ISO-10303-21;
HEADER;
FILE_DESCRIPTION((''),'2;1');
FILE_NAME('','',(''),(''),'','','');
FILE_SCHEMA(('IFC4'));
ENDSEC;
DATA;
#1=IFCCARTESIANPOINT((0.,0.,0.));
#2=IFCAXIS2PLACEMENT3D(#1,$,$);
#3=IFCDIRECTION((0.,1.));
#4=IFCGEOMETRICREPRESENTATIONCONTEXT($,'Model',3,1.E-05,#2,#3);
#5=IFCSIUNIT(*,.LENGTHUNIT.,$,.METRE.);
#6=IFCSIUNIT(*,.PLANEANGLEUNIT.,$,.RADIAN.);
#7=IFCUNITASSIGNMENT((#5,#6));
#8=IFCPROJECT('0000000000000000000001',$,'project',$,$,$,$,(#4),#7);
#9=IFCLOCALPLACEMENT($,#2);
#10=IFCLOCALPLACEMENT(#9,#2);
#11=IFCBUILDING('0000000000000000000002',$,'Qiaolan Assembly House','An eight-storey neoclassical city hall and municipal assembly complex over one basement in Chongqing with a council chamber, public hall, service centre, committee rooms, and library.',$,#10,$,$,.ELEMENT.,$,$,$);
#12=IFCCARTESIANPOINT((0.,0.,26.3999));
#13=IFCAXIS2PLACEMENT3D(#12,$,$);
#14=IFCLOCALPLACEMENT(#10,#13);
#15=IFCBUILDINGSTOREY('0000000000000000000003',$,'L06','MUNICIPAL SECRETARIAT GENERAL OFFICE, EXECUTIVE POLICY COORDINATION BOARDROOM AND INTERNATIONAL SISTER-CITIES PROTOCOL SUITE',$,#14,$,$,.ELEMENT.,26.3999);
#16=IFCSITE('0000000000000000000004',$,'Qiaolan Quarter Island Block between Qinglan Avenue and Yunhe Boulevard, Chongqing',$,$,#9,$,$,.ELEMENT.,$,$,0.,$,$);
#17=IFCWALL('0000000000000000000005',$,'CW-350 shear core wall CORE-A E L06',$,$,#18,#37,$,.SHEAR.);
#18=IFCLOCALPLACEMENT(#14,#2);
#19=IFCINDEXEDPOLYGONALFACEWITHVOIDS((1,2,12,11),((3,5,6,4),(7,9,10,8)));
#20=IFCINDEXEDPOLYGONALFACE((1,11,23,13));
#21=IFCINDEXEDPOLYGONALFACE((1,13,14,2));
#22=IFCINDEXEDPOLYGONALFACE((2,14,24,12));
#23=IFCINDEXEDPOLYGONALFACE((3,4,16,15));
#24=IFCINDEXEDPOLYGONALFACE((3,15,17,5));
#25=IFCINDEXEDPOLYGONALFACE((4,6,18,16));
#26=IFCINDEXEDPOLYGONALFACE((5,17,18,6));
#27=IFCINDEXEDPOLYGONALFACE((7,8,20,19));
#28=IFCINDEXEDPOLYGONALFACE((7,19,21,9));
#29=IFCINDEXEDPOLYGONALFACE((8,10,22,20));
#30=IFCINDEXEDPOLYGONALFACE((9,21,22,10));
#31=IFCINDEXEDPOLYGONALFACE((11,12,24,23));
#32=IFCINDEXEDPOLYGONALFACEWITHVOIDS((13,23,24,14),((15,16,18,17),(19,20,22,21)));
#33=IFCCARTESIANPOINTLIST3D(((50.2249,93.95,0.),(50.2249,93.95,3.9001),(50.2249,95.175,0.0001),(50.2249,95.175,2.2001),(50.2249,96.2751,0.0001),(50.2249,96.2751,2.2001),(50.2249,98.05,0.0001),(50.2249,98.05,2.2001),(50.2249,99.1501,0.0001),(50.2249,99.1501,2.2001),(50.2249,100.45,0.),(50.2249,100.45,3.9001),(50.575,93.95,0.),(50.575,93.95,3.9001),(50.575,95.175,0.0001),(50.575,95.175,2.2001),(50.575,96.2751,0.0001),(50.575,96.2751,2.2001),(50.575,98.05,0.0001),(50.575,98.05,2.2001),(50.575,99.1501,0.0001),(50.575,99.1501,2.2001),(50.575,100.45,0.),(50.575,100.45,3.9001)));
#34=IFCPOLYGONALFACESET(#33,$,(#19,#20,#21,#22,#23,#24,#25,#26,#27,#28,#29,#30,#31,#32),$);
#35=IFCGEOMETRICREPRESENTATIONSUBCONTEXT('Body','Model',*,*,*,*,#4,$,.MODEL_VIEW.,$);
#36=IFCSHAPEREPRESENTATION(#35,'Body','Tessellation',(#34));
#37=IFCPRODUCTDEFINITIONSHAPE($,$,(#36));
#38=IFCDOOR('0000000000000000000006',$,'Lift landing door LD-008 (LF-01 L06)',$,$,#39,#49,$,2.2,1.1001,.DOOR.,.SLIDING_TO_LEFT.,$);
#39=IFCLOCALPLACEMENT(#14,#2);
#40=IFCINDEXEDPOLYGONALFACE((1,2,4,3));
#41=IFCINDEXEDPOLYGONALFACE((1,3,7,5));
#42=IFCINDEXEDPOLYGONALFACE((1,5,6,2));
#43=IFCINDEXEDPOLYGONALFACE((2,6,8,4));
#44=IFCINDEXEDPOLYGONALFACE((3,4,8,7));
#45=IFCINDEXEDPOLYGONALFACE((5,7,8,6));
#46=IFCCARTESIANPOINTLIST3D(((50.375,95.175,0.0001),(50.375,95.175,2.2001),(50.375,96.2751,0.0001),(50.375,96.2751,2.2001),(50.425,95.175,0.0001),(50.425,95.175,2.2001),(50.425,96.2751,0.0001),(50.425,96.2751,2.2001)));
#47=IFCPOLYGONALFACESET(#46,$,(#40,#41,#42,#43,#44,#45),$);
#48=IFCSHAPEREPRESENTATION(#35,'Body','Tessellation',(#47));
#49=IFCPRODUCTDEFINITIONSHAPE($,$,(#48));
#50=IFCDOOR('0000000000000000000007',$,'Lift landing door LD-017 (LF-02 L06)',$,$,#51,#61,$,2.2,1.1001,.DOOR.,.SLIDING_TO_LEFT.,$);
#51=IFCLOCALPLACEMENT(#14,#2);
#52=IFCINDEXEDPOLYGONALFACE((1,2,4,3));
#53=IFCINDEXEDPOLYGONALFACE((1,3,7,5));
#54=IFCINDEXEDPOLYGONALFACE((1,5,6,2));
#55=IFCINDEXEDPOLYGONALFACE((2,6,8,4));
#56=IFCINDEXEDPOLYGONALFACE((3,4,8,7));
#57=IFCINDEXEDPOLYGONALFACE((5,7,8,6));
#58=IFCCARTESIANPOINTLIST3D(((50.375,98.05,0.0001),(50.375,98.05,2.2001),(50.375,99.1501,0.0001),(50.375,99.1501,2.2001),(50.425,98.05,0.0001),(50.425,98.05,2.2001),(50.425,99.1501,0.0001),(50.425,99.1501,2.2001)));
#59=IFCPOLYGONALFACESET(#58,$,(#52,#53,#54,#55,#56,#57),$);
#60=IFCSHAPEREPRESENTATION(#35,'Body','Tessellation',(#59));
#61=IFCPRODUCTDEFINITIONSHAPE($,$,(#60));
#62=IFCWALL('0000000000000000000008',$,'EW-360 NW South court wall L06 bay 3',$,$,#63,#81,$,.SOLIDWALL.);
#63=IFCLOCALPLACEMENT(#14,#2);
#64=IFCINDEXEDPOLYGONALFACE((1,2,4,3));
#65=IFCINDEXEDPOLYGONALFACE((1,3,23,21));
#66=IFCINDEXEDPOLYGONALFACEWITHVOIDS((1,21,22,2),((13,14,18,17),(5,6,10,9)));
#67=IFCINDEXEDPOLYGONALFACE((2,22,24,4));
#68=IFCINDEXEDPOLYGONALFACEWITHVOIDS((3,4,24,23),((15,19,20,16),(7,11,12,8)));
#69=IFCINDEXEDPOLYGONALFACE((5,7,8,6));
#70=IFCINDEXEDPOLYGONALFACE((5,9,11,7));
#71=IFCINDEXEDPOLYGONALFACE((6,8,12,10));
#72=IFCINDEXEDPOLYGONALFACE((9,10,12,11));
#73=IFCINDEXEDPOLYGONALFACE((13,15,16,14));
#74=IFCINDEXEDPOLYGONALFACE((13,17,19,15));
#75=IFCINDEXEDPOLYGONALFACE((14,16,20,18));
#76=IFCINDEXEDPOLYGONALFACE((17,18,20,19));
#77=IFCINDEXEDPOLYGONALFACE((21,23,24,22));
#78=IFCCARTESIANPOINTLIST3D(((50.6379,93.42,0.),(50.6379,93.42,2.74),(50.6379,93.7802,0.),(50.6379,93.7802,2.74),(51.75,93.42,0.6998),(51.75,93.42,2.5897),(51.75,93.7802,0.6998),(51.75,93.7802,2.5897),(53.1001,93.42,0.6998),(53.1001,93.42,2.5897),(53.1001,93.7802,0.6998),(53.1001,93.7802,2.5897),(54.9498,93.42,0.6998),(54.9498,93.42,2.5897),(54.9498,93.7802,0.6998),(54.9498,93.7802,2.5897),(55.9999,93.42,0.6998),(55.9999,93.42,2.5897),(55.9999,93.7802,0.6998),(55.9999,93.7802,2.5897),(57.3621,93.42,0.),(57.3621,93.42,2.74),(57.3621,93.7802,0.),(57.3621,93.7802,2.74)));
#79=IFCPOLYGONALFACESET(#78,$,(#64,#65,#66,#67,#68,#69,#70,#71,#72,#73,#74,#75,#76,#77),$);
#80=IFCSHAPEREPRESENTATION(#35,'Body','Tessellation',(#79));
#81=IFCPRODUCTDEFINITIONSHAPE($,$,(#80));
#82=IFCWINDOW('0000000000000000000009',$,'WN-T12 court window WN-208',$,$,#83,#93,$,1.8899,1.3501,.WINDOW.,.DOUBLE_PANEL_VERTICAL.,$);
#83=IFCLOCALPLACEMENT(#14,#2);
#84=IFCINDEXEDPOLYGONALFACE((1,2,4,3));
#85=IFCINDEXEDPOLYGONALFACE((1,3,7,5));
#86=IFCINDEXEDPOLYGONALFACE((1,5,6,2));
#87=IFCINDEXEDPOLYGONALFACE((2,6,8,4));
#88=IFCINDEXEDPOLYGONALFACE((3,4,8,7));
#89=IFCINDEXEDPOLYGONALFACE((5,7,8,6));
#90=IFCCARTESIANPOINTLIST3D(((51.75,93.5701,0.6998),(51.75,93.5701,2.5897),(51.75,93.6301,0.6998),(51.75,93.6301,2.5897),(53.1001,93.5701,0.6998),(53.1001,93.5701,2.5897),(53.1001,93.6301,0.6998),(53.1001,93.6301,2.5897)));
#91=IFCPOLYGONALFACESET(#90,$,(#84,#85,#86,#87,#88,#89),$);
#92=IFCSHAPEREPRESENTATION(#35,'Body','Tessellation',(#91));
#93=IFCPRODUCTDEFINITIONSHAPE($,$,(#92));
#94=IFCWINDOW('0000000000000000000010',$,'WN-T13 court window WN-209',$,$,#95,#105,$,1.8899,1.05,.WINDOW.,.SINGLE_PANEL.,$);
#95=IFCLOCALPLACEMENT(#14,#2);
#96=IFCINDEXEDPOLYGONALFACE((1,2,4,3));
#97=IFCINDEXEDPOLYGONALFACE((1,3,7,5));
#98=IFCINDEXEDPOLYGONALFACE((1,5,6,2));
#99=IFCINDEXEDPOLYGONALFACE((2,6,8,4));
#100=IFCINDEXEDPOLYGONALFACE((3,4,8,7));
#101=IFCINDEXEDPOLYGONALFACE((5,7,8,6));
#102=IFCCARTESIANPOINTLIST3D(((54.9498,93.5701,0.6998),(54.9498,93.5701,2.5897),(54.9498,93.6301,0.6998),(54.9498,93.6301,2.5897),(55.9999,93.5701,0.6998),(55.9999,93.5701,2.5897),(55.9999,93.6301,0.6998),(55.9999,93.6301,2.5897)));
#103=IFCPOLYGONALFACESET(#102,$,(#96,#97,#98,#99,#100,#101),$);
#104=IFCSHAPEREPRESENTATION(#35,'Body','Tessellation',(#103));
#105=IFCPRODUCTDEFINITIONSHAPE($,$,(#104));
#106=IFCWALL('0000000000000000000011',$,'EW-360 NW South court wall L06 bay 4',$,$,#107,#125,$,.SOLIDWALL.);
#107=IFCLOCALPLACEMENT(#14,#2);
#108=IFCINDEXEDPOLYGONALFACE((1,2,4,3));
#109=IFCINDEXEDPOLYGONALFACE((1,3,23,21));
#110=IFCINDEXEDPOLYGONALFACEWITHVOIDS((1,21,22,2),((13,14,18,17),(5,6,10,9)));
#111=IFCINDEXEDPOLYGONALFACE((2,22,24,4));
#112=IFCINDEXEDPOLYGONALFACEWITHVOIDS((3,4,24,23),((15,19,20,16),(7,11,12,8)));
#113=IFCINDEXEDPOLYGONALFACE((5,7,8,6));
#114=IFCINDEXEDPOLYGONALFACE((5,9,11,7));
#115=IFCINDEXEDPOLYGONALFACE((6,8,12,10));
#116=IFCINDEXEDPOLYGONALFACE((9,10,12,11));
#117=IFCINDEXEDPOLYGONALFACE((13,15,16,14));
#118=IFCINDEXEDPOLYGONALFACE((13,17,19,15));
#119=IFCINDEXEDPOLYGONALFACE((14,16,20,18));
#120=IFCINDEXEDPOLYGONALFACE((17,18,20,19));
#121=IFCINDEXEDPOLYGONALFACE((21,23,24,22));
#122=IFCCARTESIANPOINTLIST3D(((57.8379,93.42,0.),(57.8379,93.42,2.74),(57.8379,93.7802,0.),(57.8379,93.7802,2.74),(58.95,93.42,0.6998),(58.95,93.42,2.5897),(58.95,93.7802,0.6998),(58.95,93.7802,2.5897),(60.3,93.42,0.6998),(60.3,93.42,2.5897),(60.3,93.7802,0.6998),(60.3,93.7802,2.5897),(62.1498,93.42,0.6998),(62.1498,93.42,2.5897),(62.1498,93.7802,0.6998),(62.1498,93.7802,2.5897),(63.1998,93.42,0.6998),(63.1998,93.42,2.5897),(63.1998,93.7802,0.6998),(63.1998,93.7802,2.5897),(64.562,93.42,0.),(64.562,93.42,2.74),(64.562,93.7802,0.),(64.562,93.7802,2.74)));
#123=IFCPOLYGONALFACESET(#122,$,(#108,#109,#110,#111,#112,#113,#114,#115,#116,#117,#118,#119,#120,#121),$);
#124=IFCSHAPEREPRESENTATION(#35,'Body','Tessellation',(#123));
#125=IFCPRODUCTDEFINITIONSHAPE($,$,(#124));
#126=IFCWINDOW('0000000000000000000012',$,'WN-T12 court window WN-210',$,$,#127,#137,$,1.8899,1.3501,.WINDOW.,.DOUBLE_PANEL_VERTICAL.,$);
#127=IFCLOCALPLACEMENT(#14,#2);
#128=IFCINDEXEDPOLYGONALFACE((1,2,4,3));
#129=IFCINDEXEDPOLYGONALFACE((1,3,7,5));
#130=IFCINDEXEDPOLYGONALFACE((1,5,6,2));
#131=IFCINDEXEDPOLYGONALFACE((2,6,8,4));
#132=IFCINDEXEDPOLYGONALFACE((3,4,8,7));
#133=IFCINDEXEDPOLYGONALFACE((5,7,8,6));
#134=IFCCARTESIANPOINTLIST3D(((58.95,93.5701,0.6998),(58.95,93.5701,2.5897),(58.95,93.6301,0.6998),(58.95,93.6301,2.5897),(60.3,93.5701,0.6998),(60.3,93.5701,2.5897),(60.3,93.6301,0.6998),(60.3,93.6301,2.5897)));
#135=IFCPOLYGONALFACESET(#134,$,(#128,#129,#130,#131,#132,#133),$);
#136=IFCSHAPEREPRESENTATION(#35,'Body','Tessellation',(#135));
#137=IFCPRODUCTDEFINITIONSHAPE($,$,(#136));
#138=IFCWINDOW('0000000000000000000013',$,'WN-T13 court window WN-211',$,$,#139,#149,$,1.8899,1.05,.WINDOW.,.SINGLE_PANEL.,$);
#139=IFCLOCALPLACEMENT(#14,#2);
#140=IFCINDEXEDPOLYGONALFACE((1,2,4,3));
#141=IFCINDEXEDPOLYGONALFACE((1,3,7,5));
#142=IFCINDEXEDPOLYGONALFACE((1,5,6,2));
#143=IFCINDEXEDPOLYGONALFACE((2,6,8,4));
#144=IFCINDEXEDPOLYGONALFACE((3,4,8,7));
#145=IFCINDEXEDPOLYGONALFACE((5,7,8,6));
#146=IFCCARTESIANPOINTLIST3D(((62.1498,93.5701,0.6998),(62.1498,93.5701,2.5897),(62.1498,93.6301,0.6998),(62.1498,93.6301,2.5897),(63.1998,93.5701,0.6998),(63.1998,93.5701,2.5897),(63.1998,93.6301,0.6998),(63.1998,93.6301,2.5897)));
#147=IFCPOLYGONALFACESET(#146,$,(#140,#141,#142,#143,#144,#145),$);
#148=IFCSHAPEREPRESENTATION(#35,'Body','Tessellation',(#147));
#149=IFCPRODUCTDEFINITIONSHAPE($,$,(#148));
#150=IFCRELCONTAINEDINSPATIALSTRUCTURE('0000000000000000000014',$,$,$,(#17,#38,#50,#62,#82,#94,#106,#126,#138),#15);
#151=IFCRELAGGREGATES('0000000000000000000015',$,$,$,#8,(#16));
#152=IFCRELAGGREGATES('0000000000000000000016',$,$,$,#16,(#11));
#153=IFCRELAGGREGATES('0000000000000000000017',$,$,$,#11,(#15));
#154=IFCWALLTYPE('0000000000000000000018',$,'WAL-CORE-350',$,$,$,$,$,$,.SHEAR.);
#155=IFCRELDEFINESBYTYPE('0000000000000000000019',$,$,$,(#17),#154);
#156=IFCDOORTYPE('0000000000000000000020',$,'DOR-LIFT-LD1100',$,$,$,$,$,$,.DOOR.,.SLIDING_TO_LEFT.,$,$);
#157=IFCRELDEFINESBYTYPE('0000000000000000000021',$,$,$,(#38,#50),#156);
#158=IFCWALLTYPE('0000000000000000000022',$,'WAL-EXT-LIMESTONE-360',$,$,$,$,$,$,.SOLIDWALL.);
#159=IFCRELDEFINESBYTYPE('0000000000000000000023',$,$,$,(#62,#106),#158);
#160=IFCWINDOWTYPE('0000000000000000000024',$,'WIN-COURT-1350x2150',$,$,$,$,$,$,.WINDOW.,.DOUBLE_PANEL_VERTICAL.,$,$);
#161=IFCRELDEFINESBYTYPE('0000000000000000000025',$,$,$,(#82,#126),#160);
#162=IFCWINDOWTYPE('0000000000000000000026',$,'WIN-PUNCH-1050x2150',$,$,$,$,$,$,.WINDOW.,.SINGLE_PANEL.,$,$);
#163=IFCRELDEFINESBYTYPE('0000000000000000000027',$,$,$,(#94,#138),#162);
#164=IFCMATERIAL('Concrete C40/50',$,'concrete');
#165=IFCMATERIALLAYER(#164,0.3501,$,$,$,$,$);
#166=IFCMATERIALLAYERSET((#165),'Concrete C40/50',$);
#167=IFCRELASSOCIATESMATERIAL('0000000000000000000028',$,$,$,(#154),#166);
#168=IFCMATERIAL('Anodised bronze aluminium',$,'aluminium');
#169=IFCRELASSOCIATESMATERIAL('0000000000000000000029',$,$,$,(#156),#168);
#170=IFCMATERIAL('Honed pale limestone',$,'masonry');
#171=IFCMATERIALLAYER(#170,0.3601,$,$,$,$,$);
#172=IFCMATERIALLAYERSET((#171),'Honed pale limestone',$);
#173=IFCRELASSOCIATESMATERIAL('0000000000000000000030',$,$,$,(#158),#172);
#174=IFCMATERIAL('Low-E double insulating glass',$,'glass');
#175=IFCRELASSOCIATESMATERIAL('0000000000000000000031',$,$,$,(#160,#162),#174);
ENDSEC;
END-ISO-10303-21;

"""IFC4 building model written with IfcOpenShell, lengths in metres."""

from ifc_helpers import new_model, si_unit, direction, frame, frame_2d, origin, place, context, subcontext, project, spatial, rectangle, extrude, material, layer, layer_set, type_object, element, fill, save


model = new_model("IFC4")

# Units and contexts
model_context = context("Model", 3, precision=1e-05, world=origin(), true_north=direction((0.0, 1.0)))
body_context = subcontext(model_context, "Body", "Model", "MODEL_VIEW")
ifc_project = project(units=[si_unit("LENGTHUNIT", "METRE"), si_unit("PLANEANGLEUNIT", "RADIAN")], contexts=[model_context])

# Site, building, storey
site_placement = place(None, origin())
site = spatial("IfcSite", under=ifc_project, at=site_placement, Name="Qiaolan Quarter Island Block between Qinglan Avenue and Yunhe Boulevard, Chongqing", CompositionType="ELEMENT", RefElevation=0.0)
building_placement = place(site_placement, origin())
building = spatial("IfcBuilding", under=site, at=building_placement, Name="Qiaolan Assembly House", Description="An eight-storey neoclassical city hall and municipal assembly complex over one basement in Chongqing with a council chamber, public hall, service centre, committee rooms, and library.", CompositionType="ELEMENT")
storey_placement = place(building_placement, frame((0.0, 0.0, 26.3999)))
storey = spatial("IfcBuildingStorey", under=building, at=storey_placement, Name="L06", Description="MUNICIPAL SECRETARIAT GENERAL OFFICE, EXECUTIVE POLICY COORDINATION BOARDROOM AND INTERNATIONAL SISTER-CITIES PROTOCOL SUITE", CompositionType="ELEMENT", Elevation=26.3999)

# Shared definitions
ifc_material_1 = material(Name="Concrete C40/50", Category="concrete")

# Shared definitions
ifc_layer_1 = layer(ifc_material_1, 0.3501)
ifc_layer_set_1 = layer_set([ifc_layer_1], Name="Concrete C40/50")
wall_type_1 = type_object("IfcWallType", Name="WAL-CORE-350", PredefinedType="SHEAR", material=ifc_layer_set_1)

# Wall, openings, doors
wall_1_placement = place(storey_placement, frame((50.3999, 93.95, 0.0), z_axis=(0.0, 0.0, 1.0), x_axis=(0.0, 1.0, 0.0)))
wall_1 = element("IfcWall", 1, at=wall_1_placement, inside=storey, type_object=wall_type_1, Name="CW-350 shear core wall CORE-A E L06", PredefinedType="SHEAR", context=body_context, shape_type="SweptSolid", body=[
    extrude(rectangle(XDim=6.5, YDim=0.3501, at=frame_2d((3.25, 0.0))), origin(), (0.0, 0.0, 1.0), 3.9001),
])
opening_1_placement = place(wall_1_placement, frame((1.2251, 0.0, 0.0)))
opening_1 = element("IfcOpeningElement", 2, at=opening_1_placement, cuts=wall_1, PredefinedType="OPENING", context=body_context, shape_type="SweptSolid", body=[
    extrude(rectangle(XDim=1.1001, YDim=2.2, at=frame_2d((0.55, 1.1001))), frame((0.0, 0.1851, 0.0), z_axis=(0.0, -1.0, 0.0), x_axis=(1.0, 0.0, 0.0)), (0.0, 0.0, 1.0), 0.3701),
])
opening_2_placement = place(wall_1_placement, frame((4.1001, 0.0, 0.0)))
opening_2 = element("IfcOpeningElement", 3, at=opening_2_placement, cuts=wall_1, PredefinedType="OPENING", context=body_context, shape_type="SweptSolid", body=[
    extrude(rectangle(XDim=1.1001, YDim=2.2, at=frame_2d((0.55, 1.1001))), frame((0.0, 0.1851, 0.0), z_axis=(0.0, -1.0, 0.0), x_axis=(1.0, 0.0, 0.0)), (0.0, 0.0, 1.0), 0.3701),
])
ifc_material_2 = material(Name="Anodised bronze aluminium", Category="aluminium")
door_type_1 = type_object("IfcDoorType", Name="DOR-LIFT-LD1100", OperationType="SLIDING_TO_LEFT", PredefinedType="DOOR", material=ifc_material_2)
door_1_placement = place(opening_1_placement, origin())
door_1 = element("IfcDoor", 4, at=door_1_placement, inside=storey, type_object=door_type_1, Name="Lift landing door LD-008 (LF-01 L06)", OperationType="SLIDING_TO_LEFT", OverallHeight=2.2, OverallWidth=1.1001, PredefinedType="DOOR", context=body_context, shape_type="SweptSolid", body=[
    extrude(rectangle(XDim=1.1001, YDim=2.2, at=frame_2d((0.55, 1.1001))), frame((0.0, 0.0249, 0.0), z_axis=(0.0, -1.0, 0.0), x_axis=(1.0, 0.0, 0.0)), (0.0, 0.0, 1.0), 0.05),
])
fill(opening_1, door_1)
door_2_placement = place(opening_2_placement, origin())
door_2 = element("IfcDoor", 5, at=door_2_placement, inside=storey, type_object=door_type_1, Name="Lift landing door LD-017 (LF-02 L06)", OperationType="SLIDING_TO_LEFT", OverallHeight=2.2, OverallWidth=1.1001, PredefinedType="DOOR", context=body_context, shape_type="SweptSolid", body=[
    extrude(rectangle(XDim=1.1001, YDim=2.2, at=frame_2d((0.55, 1.1001))), frame((0.0, 0.0249, 0.0), z_axis=(0.0, -1.0, 0.0), x_axis=(1.0, 0.0, 0.0)), (0.0, 0.0, 1.0), 0.05),
])
fill(opening_2, door_2)

# Walls, openings, windows
ifc_material_3 = material(Name="Honed pale limestone", Category="masonry")
ifc_layer_2 = layer(ifc_material_3, 0.3601)
ifc_layer_set_2 = layer_set([ifc_layer_2], Name="Honed pale limestone")
wall_type_2 = type_object("IfcWallType", Name="WAL-EXT-LIMESTONE-360", PredefinedType="SOLIDWALL", material=ifc_layer_set_2)
wall_2_placement = place(storey_placement, frame((50.6379, 93.6001, 0.0), z_axis=(0.0, 0.0, 1.0), x_axis=(1.0, 0.0, 0.0)))
wall_2 = element("IfcWall", 6, at=wall_2_placement, inside=storey, type_object=wall_type_2, Name="EW-360 NW South court wall L06 bay 3", PredefinedType="SOLIDWALL", context=body_context, shape_type="SweptSolid", body=[
    extrude(rectangle(XDim=6.7241, YDim=0.3601, at=frame_2d((3.3621, 0.0))), origin(), (0.0, 0.0, 1.0), 2.74),
])
opening_3_placement = place(wall_2_placement, frame((1.1121, 0.0, 0.7)))
opening_3 = element("IfcOpeningElement", 7, at=opening_3_placement, cuts=wall_2, PredefinedType="OPENING", context=body_context, shape_type="SweptSolid", body=[
    extrude(rectangle(XDim=1.3501, YDim=1.8899, at=frame_2d((0.675, 0.9448))), frame((0.0, 0.1899, 0.0), z_axis=(0.0, -1.0, 0.0), x_axis=(1.0, 0.0, 0.0)), (0.0, 0.0, 1.0), 0.3801),
])
opening_4_placement = place(wall_2_placement, frame((4.312, 0.0, 0.7)))
opening_4 = element("IfcOpeningElement", 8, at=opening_4_placement, cuts=wall_2, PredefinedType="OPENING", context=body_context, shape_type="SweptSolid", body=[
    extrude(rectangle(XDim=1.05, YDim=1.8899, at=frame_2d((0.5249, 0.9448))), frame((0.0, 0.1899, 0.0), z_axis=(0.0, -1.0, 0.0), x_axis=(1.0, 0.0, 0.0)), (0.0, 0.0, 1.0), 0.3801),
])
ifc_material_4 = material(Name="Low-E double insulating glass", Category="glass")
window_type_1 = type_object("IfcWindowType", Name="WIN-COURT-1350x2150", PartitioningType="DOUBLE_PANEL_VERTICAL", PredefinedType="WINDOW", material=ifc_material_4)
window_1_placement = place(opening_3_placement, origin())
window_1 = element("IfcWindow", 9, at=window_1_placement, inside=storey, type_object=window_type_1, Name="WN-T12 court window WN-208", OverallHeight=1.8899, OverallWidth=1.3501, PartitioningType="DOUBLE_PANEL_VERTICAL", PredefinedType="WINDOW", context=body_context, shape_type="SweptSolid", body=[
    extrude(rectangle(XDim=1.3501, YDim=1.8899, at=frame_2d((0.675, 0.9448))), frame((0.0, 0.03, 0.0), z_axis=(0.0, -1.0, 0.0), x_axis=(1.0, 0.0, 0.0)), (0.0, 0.0, 1.0), 0.0601),
])
fill(opening_3, window_1)
window_type_2 = type_object("IfcWindowType", Name="WIN-PUNCH-1050x2150", PartitioningType="SINGLE_PANEL", PredefinedType="WINDOW", material=ifc_material_4)
window_2_placement = place(opening_4_placement, origin())
window_2 = element("IfcWindow", 10, at=window_2_placement, inside=storey, type_object=window_type_2, Name="WN-T13 court window WN-209", OverallHeight=1.8899, OverallWidth=1.05, PartitioningType="SINGLE_PANEL", PredefinedType="WINDOW", context=body_context, shape_type="SweptSolid", body=[
    extrude(rectangle(XDim=1.05, YDim=1.8899, at=frame_2d((0.5249, 0.9448))), frame((0.0, 0.03, 0.0), z_axis=(0.0, -1.0, 0.0), x_axis=(1.0, 0.0, 0.0)), (0.0, 0.0, 1.0), 0.0601),
])
fill(opening_4, window_2)
wall_3_placement = place(storey_placement, frame((57.8379, 93.6001, 0.0), z_axis=(0.0, 0.0, 1.0), x_axis=(1.0, 0.0, 0.0)))
wall_3 = element("IfcWall", 11, at=wall_3_placement, inside=storey, type_object=wall_type_2, Name="EW-360 NW South court wall L06 bay 4", PredefinedType="SOLIDWALL", context=body_context, shape_type="SweptSolid", body=[
    extrude(rectangle(XDim=6.7241, YDim=0.3601, at=frame_2d((3.3621, 0.0))), origin(), (0.0, 0.0, 1.0), 2.74),
])
opening_5_placement = place(wall_3_placement, frame((1.1121, 0.0, 0.7)))
opening_5 = element("IfcOpeningElement", 12, at=opening_5_placement, cuts=wall_3, PredefinedType="OPENING", context=body_context, shape_type="SweptSolid", body=[
    extrude(rectangle(XDim=1.3501, YDim=1.8899, at=frame_2d((0.675, 0.9448))), frame((0.0, 0.1899, 0.0), z_axis=(0.0, -1.0, 0.0), x_axis=(1.0, 0.0, 0.0)), (0.0, 0.0, 1.0), 0.3801),
])
opening_6_placement = place(wall_3_placement, frame((4.312, 0.0, 0.7)))
opening_6 = element("IfcOpeningElement", 13, at=opening_6_placement, cuts=wall_3, PredefinedType="OPENING", context=body_context, shape_type="SweptSolid", body=[
    extrude(rectangle(XDim=1.05, YDim=1.8899, at=frame_2d((0.5249, 0.9448))), frame((0.0, 0.1899, 0.0), z_axis=(0.0, -1.0, 0.0), x_axis=(1.0, 0.0, 0.0)), (0.0, 0.0, 1.0), 0.3801),
])
window_3_placement = place(opening_5_placement, origin())
window_3 = element("IfcWindow", 14, at=window_3_placement, inside=storey, type_object=window_type_1, Name="WN-T12 court window WN-210", OverallHeight=1.8899, OverallWidth=1.3501, PartitioningType="DOUBLE_PANEL_VERTICAL", PredefinedType="WINDOW", context=body_context, shape_type="SweptSolid", body=[
    extrude(rectangle(XDim=1.3501, YDim=1.8899, at=frame_2d((0.675, 0.9448))), frame((0.0, 0.03, 0.0), z_axis=(0.0, -1.0, 0.0), x_axis=(1.0, 0.0, 0.0)), (0.0, 0.0, 1.0), 0.0601),
])
fill(opening_5, window_3)
window_4_placement = place(opening_6_placement, origin())
window_4 = element("IfcWindow", 15, at=window_4_placement, inside=storey, type_object=window_type_2, Name="WN-T13 court window WN-211", OverallHeight=1.8899, OverallWidth=1.05, PartitioningType="SINGLE_PANEL", PredefinedType="WINDOW", context=body_context, shape_type="SweptSolid", body=[
    extrude(rectangle(XDim=1.05, YDim=1.8899, at=frame_2d((0.5249, 0.9448))), frame((0.0, 0.03, 0.0), z_axis=(0.0, -1.0, 0.0), x_axis=(1.0, 0.0, 0.0)), (0.0, 0.0, 1.0), 0.0601),
])
fill(opening_6, window_4)

save(model, "model.ifc")
